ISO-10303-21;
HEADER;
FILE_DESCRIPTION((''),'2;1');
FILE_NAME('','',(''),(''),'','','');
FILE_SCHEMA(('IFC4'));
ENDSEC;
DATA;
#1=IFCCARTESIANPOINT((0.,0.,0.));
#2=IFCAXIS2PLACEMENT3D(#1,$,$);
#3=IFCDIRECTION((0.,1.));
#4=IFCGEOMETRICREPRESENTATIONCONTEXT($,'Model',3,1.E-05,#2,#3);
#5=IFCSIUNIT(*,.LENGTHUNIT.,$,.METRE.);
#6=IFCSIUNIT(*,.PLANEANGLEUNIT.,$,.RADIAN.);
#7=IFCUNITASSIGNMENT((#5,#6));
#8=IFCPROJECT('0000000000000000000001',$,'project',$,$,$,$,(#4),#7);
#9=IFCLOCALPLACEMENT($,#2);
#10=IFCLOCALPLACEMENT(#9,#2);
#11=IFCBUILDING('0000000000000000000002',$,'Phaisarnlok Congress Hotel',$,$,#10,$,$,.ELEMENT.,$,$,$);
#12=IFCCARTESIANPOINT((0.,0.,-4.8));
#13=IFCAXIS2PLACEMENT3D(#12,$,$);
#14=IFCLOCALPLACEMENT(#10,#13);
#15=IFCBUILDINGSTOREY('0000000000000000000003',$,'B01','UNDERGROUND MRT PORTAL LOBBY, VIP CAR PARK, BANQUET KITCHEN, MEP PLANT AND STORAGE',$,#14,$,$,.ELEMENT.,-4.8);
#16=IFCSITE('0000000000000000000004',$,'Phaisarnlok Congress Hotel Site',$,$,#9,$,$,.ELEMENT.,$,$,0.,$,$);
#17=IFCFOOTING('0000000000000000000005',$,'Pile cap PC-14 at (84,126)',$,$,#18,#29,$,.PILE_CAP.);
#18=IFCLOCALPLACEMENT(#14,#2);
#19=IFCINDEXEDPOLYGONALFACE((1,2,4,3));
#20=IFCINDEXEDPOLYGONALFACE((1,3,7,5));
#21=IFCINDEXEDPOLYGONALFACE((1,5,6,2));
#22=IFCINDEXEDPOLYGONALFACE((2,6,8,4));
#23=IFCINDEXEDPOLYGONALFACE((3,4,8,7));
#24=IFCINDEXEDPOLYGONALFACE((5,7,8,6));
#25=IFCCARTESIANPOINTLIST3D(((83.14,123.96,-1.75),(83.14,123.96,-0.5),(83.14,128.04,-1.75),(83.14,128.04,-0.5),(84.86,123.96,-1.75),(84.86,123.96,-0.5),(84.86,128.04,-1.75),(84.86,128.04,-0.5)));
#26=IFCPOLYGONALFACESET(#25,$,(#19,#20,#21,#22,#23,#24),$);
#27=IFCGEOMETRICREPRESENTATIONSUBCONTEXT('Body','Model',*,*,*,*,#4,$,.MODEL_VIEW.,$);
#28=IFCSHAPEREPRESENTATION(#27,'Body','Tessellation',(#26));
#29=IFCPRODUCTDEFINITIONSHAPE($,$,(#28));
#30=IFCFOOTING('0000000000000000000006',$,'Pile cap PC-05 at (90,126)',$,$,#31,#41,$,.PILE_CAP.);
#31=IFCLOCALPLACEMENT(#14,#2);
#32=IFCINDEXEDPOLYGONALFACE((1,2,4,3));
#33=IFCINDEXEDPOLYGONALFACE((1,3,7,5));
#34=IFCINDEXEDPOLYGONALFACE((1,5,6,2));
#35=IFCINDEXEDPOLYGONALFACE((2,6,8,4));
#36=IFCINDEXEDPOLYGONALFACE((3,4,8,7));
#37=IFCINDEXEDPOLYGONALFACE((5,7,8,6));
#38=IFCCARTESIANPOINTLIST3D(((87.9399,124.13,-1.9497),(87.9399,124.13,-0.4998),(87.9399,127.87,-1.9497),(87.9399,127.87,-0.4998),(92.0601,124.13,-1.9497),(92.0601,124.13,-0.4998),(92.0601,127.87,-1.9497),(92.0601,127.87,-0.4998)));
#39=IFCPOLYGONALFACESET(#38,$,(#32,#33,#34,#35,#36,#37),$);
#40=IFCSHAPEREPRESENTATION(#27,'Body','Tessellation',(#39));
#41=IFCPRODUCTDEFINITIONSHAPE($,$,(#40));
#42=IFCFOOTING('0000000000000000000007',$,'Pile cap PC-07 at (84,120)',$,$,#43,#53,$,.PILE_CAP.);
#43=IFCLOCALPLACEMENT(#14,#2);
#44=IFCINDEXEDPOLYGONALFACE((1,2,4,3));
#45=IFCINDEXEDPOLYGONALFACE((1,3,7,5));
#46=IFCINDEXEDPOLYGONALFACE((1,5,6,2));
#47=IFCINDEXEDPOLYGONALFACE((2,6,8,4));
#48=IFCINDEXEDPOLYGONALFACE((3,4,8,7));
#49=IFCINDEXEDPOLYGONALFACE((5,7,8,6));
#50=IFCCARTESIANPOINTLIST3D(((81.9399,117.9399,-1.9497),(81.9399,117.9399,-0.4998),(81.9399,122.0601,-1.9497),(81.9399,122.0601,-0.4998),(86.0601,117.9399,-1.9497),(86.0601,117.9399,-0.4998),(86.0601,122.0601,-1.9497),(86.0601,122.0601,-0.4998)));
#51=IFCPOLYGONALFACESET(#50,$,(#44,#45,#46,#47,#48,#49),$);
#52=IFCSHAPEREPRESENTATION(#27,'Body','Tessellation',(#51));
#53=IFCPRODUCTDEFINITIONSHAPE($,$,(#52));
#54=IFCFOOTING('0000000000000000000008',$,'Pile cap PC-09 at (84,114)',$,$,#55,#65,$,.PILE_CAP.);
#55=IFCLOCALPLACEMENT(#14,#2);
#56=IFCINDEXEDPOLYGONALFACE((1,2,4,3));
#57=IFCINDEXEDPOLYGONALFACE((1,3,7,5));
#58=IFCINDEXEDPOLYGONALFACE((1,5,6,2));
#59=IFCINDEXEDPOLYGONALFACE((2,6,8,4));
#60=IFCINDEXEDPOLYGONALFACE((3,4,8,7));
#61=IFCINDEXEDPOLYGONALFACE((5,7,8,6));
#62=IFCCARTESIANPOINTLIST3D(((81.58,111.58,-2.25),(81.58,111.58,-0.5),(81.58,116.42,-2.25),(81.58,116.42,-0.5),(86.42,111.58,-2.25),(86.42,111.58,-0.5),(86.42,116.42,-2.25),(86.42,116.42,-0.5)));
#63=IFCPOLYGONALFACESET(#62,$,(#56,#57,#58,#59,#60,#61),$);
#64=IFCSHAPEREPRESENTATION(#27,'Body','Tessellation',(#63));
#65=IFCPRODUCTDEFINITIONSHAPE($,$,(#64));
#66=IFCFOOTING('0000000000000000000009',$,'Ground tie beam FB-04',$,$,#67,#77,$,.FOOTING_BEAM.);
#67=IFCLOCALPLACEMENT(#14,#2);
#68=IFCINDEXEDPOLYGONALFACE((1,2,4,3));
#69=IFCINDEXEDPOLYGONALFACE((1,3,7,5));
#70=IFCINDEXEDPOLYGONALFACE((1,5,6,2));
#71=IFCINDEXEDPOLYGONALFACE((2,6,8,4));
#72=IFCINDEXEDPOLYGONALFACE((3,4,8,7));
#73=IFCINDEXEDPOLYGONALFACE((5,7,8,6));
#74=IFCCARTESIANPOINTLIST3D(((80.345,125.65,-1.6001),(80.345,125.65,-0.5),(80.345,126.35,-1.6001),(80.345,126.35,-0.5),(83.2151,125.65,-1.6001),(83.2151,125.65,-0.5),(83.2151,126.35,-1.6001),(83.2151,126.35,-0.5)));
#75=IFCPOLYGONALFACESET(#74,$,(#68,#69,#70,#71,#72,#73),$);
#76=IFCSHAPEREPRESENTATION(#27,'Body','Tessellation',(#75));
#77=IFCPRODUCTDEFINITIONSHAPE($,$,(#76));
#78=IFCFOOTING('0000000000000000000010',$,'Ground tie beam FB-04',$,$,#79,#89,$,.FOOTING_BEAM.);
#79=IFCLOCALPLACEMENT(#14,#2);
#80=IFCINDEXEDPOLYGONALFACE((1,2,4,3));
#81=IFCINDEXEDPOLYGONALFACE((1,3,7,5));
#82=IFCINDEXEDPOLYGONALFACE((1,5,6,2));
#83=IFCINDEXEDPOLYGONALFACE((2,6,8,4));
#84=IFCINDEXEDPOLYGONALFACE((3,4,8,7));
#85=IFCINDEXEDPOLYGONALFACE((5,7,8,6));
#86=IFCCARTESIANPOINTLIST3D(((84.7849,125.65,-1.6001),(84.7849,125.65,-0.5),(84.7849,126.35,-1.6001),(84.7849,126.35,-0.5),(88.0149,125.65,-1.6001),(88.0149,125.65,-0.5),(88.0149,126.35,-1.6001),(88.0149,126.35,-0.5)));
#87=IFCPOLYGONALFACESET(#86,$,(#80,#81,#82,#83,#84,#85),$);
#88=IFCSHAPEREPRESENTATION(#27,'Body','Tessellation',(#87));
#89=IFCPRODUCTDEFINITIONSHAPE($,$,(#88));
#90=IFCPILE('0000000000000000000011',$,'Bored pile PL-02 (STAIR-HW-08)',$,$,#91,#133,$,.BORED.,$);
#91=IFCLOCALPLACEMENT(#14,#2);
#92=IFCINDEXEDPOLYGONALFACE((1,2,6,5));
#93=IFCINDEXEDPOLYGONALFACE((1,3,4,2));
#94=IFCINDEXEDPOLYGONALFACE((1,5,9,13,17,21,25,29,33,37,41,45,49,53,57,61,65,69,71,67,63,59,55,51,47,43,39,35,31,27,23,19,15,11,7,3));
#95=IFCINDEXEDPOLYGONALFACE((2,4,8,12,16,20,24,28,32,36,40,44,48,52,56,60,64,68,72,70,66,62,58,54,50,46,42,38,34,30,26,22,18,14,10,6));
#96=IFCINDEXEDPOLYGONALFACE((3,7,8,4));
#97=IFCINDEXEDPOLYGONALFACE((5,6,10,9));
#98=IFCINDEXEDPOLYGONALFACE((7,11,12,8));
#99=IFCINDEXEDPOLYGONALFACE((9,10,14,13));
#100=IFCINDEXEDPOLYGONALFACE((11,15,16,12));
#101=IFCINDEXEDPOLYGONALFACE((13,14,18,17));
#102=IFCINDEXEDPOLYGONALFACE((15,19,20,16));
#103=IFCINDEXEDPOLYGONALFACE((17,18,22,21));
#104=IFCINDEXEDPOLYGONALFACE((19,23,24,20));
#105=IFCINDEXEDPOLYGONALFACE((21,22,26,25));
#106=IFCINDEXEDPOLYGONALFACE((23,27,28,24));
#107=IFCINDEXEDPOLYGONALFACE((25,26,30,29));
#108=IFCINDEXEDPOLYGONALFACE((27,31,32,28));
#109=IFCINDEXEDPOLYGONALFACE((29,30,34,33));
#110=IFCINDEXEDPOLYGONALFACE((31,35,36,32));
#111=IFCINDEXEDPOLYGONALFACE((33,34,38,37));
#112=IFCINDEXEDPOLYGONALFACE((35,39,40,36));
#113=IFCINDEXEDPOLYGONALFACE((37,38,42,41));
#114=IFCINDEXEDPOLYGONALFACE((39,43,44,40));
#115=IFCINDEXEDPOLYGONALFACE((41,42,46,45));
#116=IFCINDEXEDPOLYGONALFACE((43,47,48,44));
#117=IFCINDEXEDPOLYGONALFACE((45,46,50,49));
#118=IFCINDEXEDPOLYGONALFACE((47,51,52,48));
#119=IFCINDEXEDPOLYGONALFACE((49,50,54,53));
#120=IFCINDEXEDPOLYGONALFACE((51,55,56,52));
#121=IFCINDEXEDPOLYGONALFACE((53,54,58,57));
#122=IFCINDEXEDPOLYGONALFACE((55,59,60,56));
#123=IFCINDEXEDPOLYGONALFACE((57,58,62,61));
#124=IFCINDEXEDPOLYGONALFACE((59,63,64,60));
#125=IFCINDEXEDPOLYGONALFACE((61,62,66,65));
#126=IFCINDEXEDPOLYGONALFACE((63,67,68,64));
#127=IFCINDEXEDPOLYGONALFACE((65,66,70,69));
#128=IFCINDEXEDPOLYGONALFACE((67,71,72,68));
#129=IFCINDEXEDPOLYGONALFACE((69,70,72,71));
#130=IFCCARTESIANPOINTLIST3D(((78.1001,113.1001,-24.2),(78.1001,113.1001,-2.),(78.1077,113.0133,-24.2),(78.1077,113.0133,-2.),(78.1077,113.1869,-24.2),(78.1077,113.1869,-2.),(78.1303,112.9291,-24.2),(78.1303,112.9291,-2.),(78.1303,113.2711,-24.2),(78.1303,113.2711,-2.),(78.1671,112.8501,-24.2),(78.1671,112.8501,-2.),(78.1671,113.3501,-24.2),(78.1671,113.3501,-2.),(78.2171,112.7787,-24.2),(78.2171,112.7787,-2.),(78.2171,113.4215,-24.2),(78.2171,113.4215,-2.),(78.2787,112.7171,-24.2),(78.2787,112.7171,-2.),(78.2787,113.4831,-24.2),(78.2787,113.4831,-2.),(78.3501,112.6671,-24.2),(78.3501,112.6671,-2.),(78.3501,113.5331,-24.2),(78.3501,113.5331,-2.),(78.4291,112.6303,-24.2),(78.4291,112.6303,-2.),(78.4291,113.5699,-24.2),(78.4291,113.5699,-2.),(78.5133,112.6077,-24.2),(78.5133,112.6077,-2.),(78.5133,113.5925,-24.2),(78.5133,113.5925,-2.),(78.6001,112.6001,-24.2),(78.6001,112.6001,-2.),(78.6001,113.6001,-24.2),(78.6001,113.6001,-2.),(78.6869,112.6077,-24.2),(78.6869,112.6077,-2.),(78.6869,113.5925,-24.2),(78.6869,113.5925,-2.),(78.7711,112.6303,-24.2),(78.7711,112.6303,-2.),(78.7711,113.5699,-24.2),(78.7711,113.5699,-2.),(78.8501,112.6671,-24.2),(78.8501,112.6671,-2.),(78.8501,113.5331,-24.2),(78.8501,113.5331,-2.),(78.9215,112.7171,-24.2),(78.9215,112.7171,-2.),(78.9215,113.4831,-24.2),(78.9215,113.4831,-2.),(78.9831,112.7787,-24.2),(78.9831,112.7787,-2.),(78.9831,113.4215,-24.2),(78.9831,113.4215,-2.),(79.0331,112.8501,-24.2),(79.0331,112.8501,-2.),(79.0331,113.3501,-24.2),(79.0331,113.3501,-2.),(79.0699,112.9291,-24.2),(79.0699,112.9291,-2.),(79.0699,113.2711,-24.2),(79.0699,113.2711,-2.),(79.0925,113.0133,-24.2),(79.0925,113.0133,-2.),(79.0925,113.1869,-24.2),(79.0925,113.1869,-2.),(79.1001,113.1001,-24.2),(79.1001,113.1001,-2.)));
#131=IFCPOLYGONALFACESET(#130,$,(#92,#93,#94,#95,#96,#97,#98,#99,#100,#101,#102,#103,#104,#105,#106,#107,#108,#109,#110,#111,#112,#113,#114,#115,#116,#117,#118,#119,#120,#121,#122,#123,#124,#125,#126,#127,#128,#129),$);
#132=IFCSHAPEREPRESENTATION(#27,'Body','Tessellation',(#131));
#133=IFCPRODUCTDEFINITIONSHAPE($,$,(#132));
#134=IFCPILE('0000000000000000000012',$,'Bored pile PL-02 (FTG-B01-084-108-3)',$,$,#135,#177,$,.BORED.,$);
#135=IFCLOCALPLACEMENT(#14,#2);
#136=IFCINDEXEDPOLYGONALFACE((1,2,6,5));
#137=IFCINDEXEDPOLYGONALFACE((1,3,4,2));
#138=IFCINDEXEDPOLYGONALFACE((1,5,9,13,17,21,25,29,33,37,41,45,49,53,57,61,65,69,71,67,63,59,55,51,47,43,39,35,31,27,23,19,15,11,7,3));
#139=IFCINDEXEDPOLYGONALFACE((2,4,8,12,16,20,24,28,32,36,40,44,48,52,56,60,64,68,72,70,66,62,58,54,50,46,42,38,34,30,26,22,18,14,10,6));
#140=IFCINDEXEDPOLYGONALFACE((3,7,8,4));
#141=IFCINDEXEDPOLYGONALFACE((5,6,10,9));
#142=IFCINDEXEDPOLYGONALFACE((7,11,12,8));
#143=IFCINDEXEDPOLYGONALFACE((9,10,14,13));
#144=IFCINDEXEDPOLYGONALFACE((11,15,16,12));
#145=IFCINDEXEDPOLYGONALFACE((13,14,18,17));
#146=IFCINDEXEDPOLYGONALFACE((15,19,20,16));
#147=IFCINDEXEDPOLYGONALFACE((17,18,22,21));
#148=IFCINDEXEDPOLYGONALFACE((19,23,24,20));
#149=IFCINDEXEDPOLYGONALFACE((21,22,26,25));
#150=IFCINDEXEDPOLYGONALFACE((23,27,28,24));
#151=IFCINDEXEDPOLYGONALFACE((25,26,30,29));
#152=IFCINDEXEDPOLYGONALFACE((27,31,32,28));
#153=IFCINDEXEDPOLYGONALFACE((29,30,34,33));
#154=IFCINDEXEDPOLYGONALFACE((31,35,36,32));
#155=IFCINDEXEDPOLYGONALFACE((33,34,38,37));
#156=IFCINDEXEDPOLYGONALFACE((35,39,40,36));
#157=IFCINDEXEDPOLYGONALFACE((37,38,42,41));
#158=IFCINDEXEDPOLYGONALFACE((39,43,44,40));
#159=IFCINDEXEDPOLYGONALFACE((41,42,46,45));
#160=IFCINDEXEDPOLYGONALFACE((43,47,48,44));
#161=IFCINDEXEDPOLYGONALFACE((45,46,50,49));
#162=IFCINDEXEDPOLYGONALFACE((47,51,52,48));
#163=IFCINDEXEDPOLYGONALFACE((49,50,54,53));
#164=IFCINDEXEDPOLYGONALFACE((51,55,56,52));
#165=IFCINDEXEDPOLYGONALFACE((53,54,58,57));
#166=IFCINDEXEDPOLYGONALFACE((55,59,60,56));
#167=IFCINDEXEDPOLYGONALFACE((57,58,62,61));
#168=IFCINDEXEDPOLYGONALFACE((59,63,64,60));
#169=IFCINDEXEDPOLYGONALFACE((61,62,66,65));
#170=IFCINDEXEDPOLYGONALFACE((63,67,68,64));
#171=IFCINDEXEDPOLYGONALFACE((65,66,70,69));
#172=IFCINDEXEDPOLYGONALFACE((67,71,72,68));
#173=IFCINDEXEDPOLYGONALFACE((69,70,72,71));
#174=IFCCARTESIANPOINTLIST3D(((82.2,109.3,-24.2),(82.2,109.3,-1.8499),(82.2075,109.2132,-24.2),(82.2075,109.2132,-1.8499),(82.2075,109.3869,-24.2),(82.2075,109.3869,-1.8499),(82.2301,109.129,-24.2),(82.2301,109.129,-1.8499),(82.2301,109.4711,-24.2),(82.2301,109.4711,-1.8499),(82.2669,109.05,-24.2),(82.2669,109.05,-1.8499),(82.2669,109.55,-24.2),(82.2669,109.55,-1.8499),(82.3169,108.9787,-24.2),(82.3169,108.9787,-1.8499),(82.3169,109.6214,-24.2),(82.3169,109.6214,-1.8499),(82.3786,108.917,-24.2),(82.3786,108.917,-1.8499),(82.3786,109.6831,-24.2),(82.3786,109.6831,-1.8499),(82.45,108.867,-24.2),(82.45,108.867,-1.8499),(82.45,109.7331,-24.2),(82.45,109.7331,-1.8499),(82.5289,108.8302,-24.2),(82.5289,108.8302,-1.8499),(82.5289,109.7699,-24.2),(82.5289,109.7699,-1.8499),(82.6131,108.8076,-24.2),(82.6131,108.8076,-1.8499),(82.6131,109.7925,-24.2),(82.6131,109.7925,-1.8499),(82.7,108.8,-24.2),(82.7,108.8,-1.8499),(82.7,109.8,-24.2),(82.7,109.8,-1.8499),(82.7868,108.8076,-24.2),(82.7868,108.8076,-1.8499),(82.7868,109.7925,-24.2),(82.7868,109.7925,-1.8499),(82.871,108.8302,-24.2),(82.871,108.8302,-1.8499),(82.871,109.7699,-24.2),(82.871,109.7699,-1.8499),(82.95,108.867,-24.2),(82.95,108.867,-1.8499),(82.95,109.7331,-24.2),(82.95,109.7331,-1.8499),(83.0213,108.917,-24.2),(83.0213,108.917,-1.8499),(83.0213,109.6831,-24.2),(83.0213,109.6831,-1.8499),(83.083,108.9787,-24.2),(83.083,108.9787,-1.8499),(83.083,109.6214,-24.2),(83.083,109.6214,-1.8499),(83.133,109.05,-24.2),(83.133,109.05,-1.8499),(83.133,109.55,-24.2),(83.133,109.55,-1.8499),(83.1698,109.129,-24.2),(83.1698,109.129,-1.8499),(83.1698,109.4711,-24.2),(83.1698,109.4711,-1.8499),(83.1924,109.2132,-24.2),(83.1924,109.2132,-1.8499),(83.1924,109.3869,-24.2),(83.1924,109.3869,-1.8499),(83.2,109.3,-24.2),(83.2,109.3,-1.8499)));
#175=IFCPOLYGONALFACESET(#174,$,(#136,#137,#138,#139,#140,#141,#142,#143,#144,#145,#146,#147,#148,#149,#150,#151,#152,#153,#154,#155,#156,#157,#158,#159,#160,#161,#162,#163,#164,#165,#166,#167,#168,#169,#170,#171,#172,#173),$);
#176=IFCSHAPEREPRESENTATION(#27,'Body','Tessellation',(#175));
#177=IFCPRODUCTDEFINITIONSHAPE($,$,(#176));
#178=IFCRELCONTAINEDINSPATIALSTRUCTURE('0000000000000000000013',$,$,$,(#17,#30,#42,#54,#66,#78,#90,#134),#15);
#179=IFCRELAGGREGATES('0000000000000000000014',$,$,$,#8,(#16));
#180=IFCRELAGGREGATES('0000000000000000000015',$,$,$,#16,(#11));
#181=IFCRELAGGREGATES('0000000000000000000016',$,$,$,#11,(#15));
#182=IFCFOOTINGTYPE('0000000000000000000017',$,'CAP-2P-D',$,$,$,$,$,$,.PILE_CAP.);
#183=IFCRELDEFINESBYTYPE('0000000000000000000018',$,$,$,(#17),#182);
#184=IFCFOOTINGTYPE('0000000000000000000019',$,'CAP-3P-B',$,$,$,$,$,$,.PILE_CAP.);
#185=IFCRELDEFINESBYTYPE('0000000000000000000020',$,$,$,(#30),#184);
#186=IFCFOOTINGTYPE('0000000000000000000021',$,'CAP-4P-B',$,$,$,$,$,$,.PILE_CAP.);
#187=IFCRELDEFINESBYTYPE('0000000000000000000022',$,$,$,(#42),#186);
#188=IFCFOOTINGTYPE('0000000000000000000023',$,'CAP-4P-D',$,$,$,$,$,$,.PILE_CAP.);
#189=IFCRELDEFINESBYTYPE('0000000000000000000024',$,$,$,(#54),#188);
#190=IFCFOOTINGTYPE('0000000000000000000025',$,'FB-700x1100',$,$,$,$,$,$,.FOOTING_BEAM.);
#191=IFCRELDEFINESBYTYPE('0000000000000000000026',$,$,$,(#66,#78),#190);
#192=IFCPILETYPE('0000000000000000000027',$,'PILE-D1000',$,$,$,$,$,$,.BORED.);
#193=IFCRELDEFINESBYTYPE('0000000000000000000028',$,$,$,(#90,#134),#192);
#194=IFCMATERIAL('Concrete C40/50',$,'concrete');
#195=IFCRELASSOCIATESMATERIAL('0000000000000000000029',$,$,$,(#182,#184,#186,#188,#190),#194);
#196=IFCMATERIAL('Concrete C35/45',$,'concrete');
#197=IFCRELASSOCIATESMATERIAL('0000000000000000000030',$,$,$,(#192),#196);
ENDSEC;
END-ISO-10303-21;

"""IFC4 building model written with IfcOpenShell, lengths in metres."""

from ifc_helpers import new_model, si_unit, direction, frame, origin, origin_2d, place, context, subcontext, project, spatial, rectangle, circle, extrude, material, material_profile, profile_set, type_object, element, save


model = new_model("IFC4")

# Units and contexts
model_context = context("Model", 3, precision=1e-05, world=origin(), true_north=direction((0.0, 1.0)))
body_context = subcontext(model_context, "Body", "Model", "MODEL_VIEW")
ifc_project = project(units=[si_unit("LENGTHUNIT", "METRE"), si_unit("PLANEANGLEUNIT", "RADIAN")], contexts=[model_context])

# Site, building, storey
site_placement = place(None, origin())
site = spatial("IfcSite", under=ifc_project, at=site_placement, Name="Phaisarnlok Congress Hotel Site", CompositionType="ELEMENT", RefElevation=0.0)
building_placement = place(site_placement, origin())
building = spatial("IfcBuilding", under=site, at=building_placement, Name="Phaisarnlok Congress Hotel", CompositionType="ELEMENT")
storey_placement = place(building_placement, frame((0.0, 0.0, -4.8)))
storey = spatial("IfcBuildingStorey", under=building, at=storey_placement, Name="B01", Description="UNDERGROUND MRT PORTAL LOBBY, VIP CAR PARK, BANQUET KITCHEN, MEP PLANT AND STORAGE", CompositionType="ELEMENT", Elevation=-4.8)

# Footings
ifc_material_1 = material(Name="Concrete C40/50", Category="concrete")
footing_type_1 = type_object("IfcFootingType", Name="CAP-2P-D", PredefinedType="PILE_CAP", material=ifc_material_1)
footing_1_placement = place(storey_placement, frame((84.0, 126.0, -1.75), z_axis=(0.0, 0.0, 1.0), x_axis=(1.0, 0.0, 0.0)))
element("IfcFooting", 1, at=footing_1_placement, inside=storey, type_object=footing_type_1, Name="Pile cap PC-14 at (84,126)", PredefinedType="PILE_CAP", context=body_context, shape_type="SweptSolid", body=[
    extrude(rectangle(XDim=1.72, YDim=4.0801, at=origin_2d()), origin(), (0.0, 0.0, 1.0), 1.25),
])
footing_type_2 = type_object("IfcFootingType", Name="CAP-3P-B", PredefinedType="PILE_CAP", material=ifc_material_1)
footing_2_placement = place(storey_placement, frame((90.0, 126.0, -1.9497), z_axis=(0.0, 0.0, 1.0), x_axis=(1.0, 0.0, 0.0)))
element("IfcFooting", 2, at=footing_2_placement, inside=storey, type_object=footing_type_2, Name="Pile cap PC-05 at (90,126)", PredefinedType="PILE_CAP", context=body_context, shape_type="SweptSolid", body=[
    extrude(rectangle(XDim=4.1201, YDim=3.74, at=origin_2d()), origin(), (0.0, 0.0, 1.0), 1.45),
])
footing_type_3 = type_object("IfcFootingType", Name="CAP-4P-B", PredefinedType="PILE_CAP", material=ifc_material_1)
footing_3_placement = place(storey_placement, frame((84.0, 120.0, -1.9497), z_axis=(0.0, 0.0, 1.0), x_axis=(1.0, 0.0, 0.0)))
element("IfcFooting", 3, at=footing_3_placement, inside=storey, type_object=footing_type_3, Name="Pile cap PC-07 at (84,120)", PredefinedType="PILE_CAP", context=body_context, shape_type="SweptSolid", body=[
    extrude(rectangle(XDim=4.1201, YDim=4.1201, at=origin_2d()), origin(), (0.0, 0.0, 1.0), 1.45),
])
footing_type_4 = type_object("IfcFootingType", Name="CAP-4P-D", PredefinedType="PILE_CAP", material=ifc_material_1)
footing_4_placement = place(storey_placement, frame((84.0, 114.0, -2.25), z_axis=(0.0, 0.0, 1.0), x_axis=(1.0, 0.0, 0.0)))
element("IfcFooting", 4, at=footing_4_placement, inside=storey, type_object=footing_type_4, Name="Pile cap PC-09 at (84,114)", PredefinedType="PILE_CAP", context=body_context, shape_type="SweptSolid", body=[
    extrude(rectangle(XDim=4.8401, YDim=4.8401, at=origin_2d()), origin(), (0.0, 0.0, 1.0), 1.75),
])
ifc_material_profile_1 = material_profile(ifc_material_1, rectangle(XDim=0.7, YDim=1.1001, at=origin_2d()), Name="FB-700x1100")
ifc_profile_set_1 = profile_set([ifc_material_profile_1], Name="Concrete C40/50")
footing_type_5 = type_object("IfcFootingType", Name="FB-700x1100", PredefinedType="FOOTING_BEAM", material=ifc_profile_set_1)
footing_5_placement = place(storey_placement, frame((80.345, 126.0, -1.05), z_axis=(1.0, 0.0, 0.0), x_axis=(0.0, 1.0, 0.0)))
element("IfcFooting", 5, at=footing_5_placement, inside=storey, type_object=footing_type_5, Name="Ground tie beam FB-04", PredefinedType="FOOTING_BEAM", context=body_context, shape_type="SweptSolid", body=[
    extrude(rectangle(XDim=0.7, YDim=1.1001, at=origin_2d()), origin(), (0.0, 0.0, 1.0), 2.8701),
])
footing_6_placement = place(storey_placement, frame((84.7849, 126.0, -1.05), z_axis=(1.0, 0.0, 0.0), x_axis=(0.0, 1.0, 0.0)))
element("IfcFooting", 6, at=footing_6_placement, inside=storey, type_object=footing_type_5, Name="Ground tie beam FB-04", PredefinedType="FOOTING_BEAM", context=body_context, shape_type="SweptSolid", body=[
    extrude(rectangle(XDim=0.7, YDim=1.1001, at=origin_2d()), origin(), (0.0, 0.0, 1.0), 3.23),
])

# Piles
ifc_material_2 = material(Name="Concrete C35/45", Category="concrete")
ifc_material_profile_2 = material_profile(ifc_material_2, circle(Radius=0.5, at=origin_2d()), Name="BORED PILE D1000")
ifc_profile_set_2 = profile_set([ifc_material_profile_2], Name="Concrete C35/45")
pile_type_1 = type_object("IfcPileType", Name="PILE-D1000", PredefinedType="BORED", material=ifc_profile_set_2)
pile_placement = place(storey_placement, frame((78.6001, 113.1001, -2.0), z_axis=(0.0, 0.0, -1.0), x_axis=(1.0, 0.0, 0.0)))
element("IfcPile", 7, at=pile_placement, inside=storey, type_object=pile_type_1, Name="Bored pile PL-02 (STAIR-HW-08)", PredefinedType="BORED", context=body_context, shape_type="SweptSolid", body=[
    extrude(circle(Radius=0.5, at=origin_2d()), origin(), (0.0, 0.0, 1.0), 22.2),
])
for number, where, z_axis, x_axis, name in (
    (8, (82.7, 109.3, -1.8499), (0.0, 0.0, -1.0), (1.0, 0.0, 0.0), "Bored pile PL-02 (FTG-B01-084-108-3)"),
):
    element("IfcPile", number, at=place(storey_placement, frame(where, z_axis=z_axis, x_axis=x_axis)), inside=storey, type_object=pile_type_1, Name=name, PredefinedType="BORED", context=body_context, shape_type="SweptSolid", body=[
        extrude(circle(Radius=0.5, at=origin_2d()), origin(), (0.0, 0.0, 1.0), 22.3501),
    ])

save(model, "model.ifc")
